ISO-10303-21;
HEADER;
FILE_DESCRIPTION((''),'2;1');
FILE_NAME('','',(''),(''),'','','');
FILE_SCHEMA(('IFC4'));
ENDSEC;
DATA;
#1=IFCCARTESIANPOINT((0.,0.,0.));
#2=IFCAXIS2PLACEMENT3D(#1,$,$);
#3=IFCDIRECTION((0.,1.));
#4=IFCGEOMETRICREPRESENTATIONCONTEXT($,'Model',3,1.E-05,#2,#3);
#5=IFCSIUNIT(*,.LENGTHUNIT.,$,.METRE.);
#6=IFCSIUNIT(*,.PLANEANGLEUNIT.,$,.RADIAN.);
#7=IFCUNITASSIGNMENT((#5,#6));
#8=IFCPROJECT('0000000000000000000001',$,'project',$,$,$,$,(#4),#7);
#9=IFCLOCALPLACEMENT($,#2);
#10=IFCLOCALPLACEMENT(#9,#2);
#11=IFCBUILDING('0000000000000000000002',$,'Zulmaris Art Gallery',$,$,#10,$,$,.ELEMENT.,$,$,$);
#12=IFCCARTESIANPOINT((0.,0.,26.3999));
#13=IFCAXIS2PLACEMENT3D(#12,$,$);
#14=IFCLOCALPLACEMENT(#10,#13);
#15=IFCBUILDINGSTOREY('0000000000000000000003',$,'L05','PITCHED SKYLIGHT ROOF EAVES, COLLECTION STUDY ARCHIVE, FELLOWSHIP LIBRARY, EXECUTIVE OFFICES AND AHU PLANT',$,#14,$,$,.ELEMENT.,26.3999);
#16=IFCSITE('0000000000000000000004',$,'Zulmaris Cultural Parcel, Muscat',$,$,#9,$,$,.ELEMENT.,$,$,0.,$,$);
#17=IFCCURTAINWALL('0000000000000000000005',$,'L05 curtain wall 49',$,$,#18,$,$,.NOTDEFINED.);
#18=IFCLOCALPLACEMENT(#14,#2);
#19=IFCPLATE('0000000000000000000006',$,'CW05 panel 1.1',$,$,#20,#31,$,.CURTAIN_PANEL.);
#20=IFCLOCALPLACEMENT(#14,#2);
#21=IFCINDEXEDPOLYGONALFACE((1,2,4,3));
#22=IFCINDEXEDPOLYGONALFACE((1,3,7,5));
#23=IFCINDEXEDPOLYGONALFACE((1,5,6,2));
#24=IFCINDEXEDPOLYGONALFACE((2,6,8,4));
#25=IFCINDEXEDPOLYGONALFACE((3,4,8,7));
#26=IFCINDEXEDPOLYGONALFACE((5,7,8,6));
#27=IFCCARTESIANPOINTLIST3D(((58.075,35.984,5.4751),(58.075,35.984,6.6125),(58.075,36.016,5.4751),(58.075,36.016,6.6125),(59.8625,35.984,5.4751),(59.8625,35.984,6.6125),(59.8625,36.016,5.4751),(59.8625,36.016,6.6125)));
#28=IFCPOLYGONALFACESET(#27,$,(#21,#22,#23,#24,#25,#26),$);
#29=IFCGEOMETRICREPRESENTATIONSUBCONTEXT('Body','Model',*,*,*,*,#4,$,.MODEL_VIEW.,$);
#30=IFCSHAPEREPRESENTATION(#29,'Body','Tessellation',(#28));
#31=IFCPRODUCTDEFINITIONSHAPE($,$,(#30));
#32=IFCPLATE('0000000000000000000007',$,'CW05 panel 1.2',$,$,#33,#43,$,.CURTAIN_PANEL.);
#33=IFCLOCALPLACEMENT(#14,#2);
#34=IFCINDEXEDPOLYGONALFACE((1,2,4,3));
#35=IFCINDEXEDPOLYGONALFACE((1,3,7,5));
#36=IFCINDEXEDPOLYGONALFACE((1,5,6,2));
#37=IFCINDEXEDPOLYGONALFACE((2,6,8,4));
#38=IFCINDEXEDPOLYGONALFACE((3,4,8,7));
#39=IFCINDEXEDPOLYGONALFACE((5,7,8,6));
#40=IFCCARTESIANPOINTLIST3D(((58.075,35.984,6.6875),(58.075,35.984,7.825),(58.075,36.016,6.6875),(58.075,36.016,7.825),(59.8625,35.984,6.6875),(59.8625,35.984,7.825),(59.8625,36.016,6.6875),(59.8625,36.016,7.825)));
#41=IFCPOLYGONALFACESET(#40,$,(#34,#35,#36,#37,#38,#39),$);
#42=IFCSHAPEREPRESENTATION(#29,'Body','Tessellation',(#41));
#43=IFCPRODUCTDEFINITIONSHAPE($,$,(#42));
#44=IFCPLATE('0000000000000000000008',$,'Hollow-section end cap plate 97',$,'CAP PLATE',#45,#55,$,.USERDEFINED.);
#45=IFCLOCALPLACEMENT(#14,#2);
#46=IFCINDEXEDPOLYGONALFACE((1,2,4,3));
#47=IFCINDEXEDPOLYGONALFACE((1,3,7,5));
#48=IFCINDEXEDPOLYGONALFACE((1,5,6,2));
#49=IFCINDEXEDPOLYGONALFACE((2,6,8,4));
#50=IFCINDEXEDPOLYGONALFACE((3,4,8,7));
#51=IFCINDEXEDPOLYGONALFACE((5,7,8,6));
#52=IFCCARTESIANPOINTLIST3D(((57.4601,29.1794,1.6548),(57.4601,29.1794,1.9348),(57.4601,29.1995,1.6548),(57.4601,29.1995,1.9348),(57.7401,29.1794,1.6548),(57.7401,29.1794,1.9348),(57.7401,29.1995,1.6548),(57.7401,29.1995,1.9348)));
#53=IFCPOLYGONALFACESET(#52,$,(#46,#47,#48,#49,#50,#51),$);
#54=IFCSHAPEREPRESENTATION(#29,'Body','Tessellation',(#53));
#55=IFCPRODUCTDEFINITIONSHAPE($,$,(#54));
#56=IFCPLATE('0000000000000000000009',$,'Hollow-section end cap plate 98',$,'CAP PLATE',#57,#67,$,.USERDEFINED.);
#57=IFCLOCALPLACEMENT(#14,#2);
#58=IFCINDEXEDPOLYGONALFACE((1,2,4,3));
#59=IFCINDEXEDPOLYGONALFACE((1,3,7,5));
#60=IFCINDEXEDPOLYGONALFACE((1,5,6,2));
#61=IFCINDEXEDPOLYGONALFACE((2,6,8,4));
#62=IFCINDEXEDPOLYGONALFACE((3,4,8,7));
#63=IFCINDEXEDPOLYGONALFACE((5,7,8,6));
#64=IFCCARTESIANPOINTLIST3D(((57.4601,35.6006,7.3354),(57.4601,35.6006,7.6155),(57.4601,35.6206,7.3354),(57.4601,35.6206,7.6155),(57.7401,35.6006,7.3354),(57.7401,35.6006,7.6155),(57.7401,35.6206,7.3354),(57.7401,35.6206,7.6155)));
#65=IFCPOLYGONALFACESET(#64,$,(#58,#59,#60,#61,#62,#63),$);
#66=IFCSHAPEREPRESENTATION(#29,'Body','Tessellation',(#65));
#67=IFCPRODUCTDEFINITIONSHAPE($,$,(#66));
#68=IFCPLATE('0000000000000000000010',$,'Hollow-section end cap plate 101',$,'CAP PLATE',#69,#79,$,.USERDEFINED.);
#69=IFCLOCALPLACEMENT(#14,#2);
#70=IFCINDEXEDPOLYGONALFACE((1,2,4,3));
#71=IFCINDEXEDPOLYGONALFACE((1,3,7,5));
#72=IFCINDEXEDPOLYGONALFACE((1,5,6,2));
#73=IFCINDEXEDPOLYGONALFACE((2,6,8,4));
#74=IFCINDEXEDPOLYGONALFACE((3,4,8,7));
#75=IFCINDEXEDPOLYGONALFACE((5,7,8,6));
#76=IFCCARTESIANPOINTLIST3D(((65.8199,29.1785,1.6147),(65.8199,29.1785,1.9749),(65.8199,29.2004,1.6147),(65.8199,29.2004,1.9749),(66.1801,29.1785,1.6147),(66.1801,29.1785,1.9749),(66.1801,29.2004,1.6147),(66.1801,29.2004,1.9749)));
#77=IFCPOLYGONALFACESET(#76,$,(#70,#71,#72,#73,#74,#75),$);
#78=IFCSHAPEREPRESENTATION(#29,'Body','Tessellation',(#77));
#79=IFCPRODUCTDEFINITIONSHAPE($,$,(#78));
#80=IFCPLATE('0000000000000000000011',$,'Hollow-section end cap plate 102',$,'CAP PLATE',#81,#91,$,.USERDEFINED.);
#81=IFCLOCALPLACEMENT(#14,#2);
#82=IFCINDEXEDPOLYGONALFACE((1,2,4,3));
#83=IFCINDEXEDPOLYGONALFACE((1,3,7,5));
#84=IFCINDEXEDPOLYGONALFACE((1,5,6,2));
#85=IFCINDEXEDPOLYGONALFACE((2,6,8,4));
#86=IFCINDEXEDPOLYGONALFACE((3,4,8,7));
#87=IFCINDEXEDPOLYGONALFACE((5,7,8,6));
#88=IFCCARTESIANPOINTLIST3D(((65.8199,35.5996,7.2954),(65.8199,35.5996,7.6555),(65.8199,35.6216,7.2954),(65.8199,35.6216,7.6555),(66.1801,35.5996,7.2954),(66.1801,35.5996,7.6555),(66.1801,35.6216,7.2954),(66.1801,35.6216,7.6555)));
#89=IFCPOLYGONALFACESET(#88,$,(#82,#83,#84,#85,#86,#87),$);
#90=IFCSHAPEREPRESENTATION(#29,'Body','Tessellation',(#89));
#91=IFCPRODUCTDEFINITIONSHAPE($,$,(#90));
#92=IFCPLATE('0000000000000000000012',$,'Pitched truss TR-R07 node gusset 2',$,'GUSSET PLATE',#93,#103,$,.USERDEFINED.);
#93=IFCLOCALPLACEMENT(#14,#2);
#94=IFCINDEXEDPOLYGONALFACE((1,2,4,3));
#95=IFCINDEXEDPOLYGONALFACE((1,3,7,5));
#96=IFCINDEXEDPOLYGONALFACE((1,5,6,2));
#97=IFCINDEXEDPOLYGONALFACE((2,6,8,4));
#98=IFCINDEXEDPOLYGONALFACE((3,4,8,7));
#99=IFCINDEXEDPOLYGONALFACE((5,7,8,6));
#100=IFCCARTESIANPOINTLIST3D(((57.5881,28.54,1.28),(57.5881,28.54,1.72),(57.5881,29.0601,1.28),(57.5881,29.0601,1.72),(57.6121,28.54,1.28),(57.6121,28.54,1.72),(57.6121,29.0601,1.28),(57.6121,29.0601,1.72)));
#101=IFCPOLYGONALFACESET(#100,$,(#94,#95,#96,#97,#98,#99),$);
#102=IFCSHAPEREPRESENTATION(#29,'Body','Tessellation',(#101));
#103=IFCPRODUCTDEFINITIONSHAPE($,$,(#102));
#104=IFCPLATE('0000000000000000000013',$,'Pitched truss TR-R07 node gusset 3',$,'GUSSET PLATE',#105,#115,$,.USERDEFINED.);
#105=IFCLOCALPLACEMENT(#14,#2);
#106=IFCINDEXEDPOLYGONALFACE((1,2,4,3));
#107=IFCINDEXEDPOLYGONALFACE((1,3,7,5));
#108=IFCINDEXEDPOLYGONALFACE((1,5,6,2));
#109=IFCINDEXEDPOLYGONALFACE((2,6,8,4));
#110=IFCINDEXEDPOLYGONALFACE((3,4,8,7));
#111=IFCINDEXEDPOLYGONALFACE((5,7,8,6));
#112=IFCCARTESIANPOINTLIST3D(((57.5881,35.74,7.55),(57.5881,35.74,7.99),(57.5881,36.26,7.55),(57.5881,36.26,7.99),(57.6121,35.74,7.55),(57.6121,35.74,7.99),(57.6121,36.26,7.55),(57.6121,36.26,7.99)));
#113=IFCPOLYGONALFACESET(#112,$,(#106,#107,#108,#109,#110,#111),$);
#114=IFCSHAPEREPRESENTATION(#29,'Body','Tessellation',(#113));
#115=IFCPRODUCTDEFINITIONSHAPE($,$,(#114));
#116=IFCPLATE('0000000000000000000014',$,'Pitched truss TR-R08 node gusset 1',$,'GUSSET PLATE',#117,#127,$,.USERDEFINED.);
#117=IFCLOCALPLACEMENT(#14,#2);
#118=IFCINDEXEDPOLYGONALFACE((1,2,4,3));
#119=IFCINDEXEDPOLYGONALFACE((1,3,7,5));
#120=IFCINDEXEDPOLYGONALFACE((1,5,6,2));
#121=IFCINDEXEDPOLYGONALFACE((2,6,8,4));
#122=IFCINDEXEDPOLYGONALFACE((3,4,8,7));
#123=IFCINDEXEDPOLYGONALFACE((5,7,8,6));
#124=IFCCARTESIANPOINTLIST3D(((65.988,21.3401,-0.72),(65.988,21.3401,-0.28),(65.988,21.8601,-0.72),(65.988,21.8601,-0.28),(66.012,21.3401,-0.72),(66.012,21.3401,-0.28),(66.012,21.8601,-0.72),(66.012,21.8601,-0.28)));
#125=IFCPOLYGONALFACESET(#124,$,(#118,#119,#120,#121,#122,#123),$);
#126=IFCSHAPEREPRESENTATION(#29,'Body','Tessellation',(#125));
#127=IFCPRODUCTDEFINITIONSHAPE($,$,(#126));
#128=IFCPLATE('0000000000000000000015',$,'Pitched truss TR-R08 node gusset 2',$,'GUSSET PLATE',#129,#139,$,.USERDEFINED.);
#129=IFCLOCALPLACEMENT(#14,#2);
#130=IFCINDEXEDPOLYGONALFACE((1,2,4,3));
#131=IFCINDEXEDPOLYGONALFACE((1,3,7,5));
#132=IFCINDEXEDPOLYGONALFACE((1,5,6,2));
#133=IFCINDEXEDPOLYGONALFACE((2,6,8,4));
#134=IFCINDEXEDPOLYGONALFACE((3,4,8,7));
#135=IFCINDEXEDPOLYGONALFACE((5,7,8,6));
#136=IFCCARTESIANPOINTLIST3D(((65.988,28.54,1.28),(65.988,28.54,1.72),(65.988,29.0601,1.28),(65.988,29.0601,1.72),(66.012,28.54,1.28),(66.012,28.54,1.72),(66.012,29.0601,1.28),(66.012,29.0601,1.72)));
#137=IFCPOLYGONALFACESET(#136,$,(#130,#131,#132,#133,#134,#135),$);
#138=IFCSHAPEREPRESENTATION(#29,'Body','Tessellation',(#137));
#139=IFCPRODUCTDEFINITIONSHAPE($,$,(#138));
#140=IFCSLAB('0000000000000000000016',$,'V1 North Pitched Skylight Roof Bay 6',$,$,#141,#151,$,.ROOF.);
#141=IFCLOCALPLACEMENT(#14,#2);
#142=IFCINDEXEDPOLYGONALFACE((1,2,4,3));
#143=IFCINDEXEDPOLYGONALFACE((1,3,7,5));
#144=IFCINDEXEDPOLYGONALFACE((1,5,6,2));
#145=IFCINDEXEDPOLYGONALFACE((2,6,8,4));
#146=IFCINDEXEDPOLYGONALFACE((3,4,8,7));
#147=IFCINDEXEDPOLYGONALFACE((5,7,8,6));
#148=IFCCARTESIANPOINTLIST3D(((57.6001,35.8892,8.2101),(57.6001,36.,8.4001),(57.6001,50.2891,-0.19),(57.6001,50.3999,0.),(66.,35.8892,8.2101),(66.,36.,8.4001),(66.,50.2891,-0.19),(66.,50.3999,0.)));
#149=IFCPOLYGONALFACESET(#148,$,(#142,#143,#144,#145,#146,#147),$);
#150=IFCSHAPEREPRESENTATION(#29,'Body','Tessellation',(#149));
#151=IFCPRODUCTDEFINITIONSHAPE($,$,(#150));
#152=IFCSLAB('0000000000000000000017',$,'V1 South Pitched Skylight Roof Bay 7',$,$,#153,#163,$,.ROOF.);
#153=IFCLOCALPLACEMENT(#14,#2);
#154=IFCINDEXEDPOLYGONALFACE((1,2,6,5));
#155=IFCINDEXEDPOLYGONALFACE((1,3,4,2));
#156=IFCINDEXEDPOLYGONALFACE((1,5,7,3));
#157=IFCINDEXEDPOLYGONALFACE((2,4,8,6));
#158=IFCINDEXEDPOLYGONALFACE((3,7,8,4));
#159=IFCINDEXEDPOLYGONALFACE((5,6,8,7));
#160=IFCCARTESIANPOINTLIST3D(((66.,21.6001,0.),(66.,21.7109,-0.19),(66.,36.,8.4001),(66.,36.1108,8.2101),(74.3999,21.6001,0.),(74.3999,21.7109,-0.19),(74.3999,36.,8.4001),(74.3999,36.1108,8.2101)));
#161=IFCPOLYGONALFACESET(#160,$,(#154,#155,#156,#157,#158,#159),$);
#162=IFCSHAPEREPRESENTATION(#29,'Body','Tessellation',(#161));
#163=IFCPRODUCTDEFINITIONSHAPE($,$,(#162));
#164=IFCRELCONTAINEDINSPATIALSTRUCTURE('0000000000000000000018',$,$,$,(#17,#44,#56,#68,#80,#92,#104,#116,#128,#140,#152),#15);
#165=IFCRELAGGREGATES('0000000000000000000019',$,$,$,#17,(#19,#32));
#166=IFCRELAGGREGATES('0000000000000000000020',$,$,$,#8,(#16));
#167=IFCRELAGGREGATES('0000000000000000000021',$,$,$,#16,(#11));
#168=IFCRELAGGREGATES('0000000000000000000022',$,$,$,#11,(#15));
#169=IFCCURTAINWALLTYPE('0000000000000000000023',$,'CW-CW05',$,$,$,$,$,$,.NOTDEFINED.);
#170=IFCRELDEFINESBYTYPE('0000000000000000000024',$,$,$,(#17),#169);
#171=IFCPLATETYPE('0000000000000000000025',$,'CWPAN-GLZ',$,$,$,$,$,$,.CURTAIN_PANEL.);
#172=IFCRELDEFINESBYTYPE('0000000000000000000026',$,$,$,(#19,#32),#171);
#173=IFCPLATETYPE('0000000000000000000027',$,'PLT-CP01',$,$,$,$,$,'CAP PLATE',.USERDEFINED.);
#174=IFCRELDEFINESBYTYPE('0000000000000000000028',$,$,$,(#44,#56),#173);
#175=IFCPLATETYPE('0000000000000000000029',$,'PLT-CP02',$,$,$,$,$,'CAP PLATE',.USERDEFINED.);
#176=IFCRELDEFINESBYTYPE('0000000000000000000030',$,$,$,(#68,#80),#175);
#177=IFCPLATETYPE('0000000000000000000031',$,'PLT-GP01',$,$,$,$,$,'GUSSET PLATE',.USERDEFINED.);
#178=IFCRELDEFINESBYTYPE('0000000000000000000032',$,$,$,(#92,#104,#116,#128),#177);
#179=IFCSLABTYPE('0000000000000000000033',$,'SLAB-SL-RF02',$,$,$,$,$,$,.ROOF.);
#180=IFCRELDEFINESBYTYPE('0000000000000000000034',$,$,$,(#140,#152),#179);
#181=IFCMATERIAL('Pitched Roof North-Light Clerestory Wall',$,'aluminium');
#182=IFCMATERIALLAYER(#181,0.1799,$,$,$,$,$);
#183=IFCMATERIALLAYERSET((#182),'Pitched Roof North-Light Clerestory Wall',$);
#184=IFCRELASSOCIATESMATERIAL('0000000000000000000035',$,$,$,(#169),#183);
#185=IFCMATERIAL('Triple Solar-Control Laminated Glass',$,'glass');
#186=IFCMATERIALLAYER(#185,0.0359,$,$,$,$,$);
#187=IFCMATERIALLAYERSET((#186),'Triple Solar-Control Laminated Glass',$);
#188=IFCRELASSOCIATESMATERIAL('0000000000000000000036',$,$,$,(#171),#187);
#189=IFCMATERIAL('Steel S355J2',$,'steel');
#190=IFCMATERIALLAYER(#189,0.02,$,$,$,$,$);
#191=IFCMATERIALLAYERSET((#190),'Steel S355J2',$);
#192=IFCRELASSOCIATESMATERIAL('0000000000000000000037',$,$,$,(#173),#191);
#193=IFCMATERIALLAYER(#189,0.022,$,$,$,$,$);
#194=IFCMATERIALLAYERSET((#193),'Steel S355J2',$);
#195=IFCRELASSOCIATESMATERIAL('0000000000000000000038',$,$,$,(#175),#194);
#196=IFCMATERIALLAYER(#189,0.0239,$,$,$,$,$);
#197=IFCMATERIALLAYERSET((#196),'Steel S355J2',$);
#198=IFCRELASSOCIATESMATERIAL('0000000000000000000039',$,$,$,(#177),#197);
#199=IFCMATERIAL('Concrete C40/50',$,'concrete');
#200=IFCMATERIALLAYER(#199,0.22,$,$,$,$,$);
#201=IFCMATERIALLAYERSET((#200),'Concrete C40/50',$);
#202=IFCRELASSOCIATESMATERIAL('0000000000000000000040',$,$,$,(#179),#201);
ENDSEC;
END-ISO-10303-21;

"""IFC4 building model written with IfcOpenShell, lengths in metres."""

from ifc_helpers import new_model, si_unit, direction, frame, origin, origin_2d, place, context, subcontext, project, spatial, polyline, rectangle, outline, extrude, material, layer, layer_set, type_object, element, aggregate, save


model = new_model("IFC4")

# Units and contexts
model_context = context("Model", 3, precision=1e-05, world=origin(), true_north=direction((0.0, 1.0)))
body_context = subcontext(model_context, "Body", "Model", "MODEL_VIEW")
ifc_project = project(units=[si_unit("LENGTHUNIT", "METRE"), si_unit("PLANEANGLEUNIT", "RADIAN")], contexts=[model_context])

# Site, building, storey
site_placement = place(None, origin())
site = spatial("IfcSite", under=ifc_project, at=site_placement, Name="Zulmaris Cultural Parcel, Muscat", CompositionType="ELEMENT", RefElevation=0.0)
building_placement = place(site_placement, origin())
building = spatial("IfcBuilding", under=site, at=building_placement, Name="Zulmaris Art Gallery", CompositionType="ELEMENT")
storey_placement = place(building_placement, frame((0.0, 0.0, 26.3999)))
storey = spatial("IfcBuildingStorey", under=building, at=storey_placement, Name="L05", Description="PITCHED SKYLIGHT ROOF EAVES, COLLECTION STUDY ARCHIVE, FELLOWSHIP LIBRARY, EXECUTIVE OFFICES AND AHU PLANT", CompositionType="ELEMENT", Elevation=26.3999)

# Curtain wall
ifc_material_1 = material(Name="Pitched Roof North-Light Clerestory Wall", Category="aluminium")
ifc_layer_1 = layer(ifc_material_1, 0.1799)
ifc_layer_set_1 = layer_set([ifc_layer_1], Name="Pitched Roof North-Light Clerestory Wall")
curtain_wall_type = type_object("IfcCurtainWallType", Name="CW-CW05", PredefinedType="NOTDEFINED", material=ifc_layer_set_1)
curtain_wall_placement = place(storey_placement, origin())
curtain_wall = element("IfcCurtainWall", 1, at=curtain_wall_placement, inside=storey, type_object=curtain_wall_type, Name="L05 curtain wall 49", PredefinedType="NOTDEFINED")

# Shared definitions
ifc_material_2 = material(Name="Steel S355J2", Category="steel")

# Plates
ifc_material_3 = material(Name="Triple Solar-Control Laminated Glass", Category="glass")
ifc_layer_2 = layer(ifc_material_3, 0.0359)
ifc_layer_set_2 = layer_set([ifc_layer_2], Name="Triple Solar-Control Laminated Glass")
plate_type_1 = type_object("IfcPlateType", Name="CWPAN-GLZ", PredefinedType="CURTAIN_PANEL", material=ifc_layer_set_2)
plate_1_placement = place(storey_placement, frame((58.9688, 36.0, 5.4751), z_axis=(0.0, 0.0, 1.0), x_axis=(1.0, 0.0, 0.0)))
plate_1 = element("IfcPlate", 2, at=plate_1_placement, type_object=plate_type_1, Name="CW05 panel 1.1", PredefinedType="CURTAIN_PANEL", context=body_context, shape_type="SweptSolid", body=[
    extrude(rectangle(XDim=1.7876, YDim=0.032, at=origin_2d()), origin(), (0.0, 0.0, 1.0), 1.1375),
])
plate_2_placement = place(storey_placement, frame((58.9688, 36.0, 6.6875), z_axis=(0.0, 0.0, 1.0), x_axis=(1.0, 0.0, 0.0)))
plate_2 = element("IfcPlate", 3, at=plate_2_placement, type_object=plate_type_1, Name="CW05 panel 1.2", PredefinedType="CURTAIN_PANEL", context=body_context, shape_type="SweptSolid", body=[
    extrude(rectangle(XDim=1.7876, YDim=0.032, at=origin_2d()), origin(), (0.0, 0.0, 1.0), 1.1375),
])
aggregate(curtain_wall, [plate_1, plate_2])

# Plates
ifc_layer_3 = layer(ifc_material_2, 0.02)
ifc_layer_set_3 = layer_set([ifc_layer_3], Name="Steel S355J2")
plate_type_2 = type_object("IfcPlateType", Name="PLT-CP01", ElementType="CAP PLATE", PredefinedType="USERDEFINED", material=ifc_layer_set_3)
for number, where, z_axis, x_axis, name in (
    (4, (57.6001, 29.1895, 1.6548), (0.0, 0.0, 1.0), (1.0, 0.0, 0.0), "Hollow-section end cap plate 97"),
    (5, (57.6001, 35.6106, 7.3354), (0.0, 0.0, 1.0), (1.0, 0.0, 0.0), "Hollow-section end cap plate 98"),
):
    element("IfcPlate", number, at=place(storey_placement, frame(where, z_axis=z_axis, x_axis=x_axis)), inside=storey, type_object=plate_type_2, Name=name, ObjectType="CAP PLATE", PredefinedType="USERDEFINED", context=body_context, shape_type="SweptSolid", body=[
        extrude(rectangle(XDim=0.28, YDim=0.02, at=origin_2d()), origin(), (0.0, 0.0, 1.0), 0.28),
    ])
ifc_layer_4 = layer(ifc_material_2, 0.022)
ifc_layer_set_4 = layer_set([ifc_layer_4], Name="Steel S355J2")
plate_type_3 = type_object("IfcPlateType", Name="PLT-CP02", ElementType="CAP PLATE", PredefinedType="USERDEFINED", material=ifc_layer_set_4)
for number, where, z_axis, x_axis, name in (
    (6, (66.0, 29.1895, 1.6147), (0.0, 0.0, 1.0), (1.0, 0.0, 0.0), "Hollow-section end cap plate 101"),
    (7, (66.0, 35.6106, 7.2954), (0.0, 0.0, 1.0), (1.0, 0.0, 0.0), "Hollow-section end cap plate 102"),
):
    element("IfcPlate", number, at=place(storey_placement, frame(where, z_axis=z_axis, x_axis=x_axis)), inside=storey, type_object=plate_type_3, Name=name, ObjectType="CAP PLATE", PredefinedType="USERDEFINED", context=body_context, shape_type="SweptSolid", body=[
        extrude(rectangle(XDim=0.3601, YDim=0.022, at=origin_2d()), origin(), (0.0, 0.0, 1.0), 0.3601),
    ])
ifc_layer_5 = layer(ifc_material_2, 0.0239)
ifc_layer_set_5 = layer_set([ifc_layer_5], Name="Steel S355J2")
plate_type_4 = type_object("IfcPlateType", Name="PLT-GP01", ElementType="GUSSET PLATE", PredefinedType="USERDEFINED", material=ifc_layer_set_5)
for number, where, z_axis, x_axis, name in (
    (8, (57.6001, 28.8, 1.28), (0.0, 0.0, 1.0), (1.0, 0.0, 0.0), "Pitched truss TR-R07 node gusset 2"),
    (9, (57.6001, 36.0, 7.55), (0.0, 0.0, 1.0), (1.0, 0.0, 0.0), "Pitched truss TR-R07 node gusset 3"),
    (10, (66.0, 21.6001, -0.72), (0.0, 0.0, 1.0), (1.0, 0.0, 0.0), "Pitched truss TR-R08 node gusset 1"),
    (11, (66.0, 28.8, 1.28), (0.0, 0.0, 1.0), (1.0, 0.0, 0.0), "Pitched truss TR-R08 node gusset 2"),
):
    element("IfcPlate", number, at=place(storey_placement, frame(where, z_axis=z_axis, x_axis=x_axis)), inside=storey, type_object=plate_type_4, Name=name, ObjectType="GUSSET PLATE", PredefinedType="USERDEFINED", context=body_context, shape_type="SweptSolid", body=[
        extrude(rectangle(XDim=0.0239, YDim=0.52, at=origin_2d()), origin(), (0.0, 0.0, 1.0), 0.4399),
    ])

# Slabs
ifc_material_4 = material(Name="Concrete C40/50", Category="concrete")
ifc_layer_6 = layer(ifc_material_4, 0.22)
ifc_layer_set_6 = layer_set([ifc_layer_6], Name="Concrete C40/50")
slab_type = type_object("IfcSlabType", Name="SLAB-SL-RF02", PredefinedType="ROOF", material=ifc_layer_set_6)
for number, where, z_axis, x_axis, name in (
    (12, (57.6001, 36.0, 8.4001), (0.0, 0.50388, 0.863774), (1.0, 0.0, 0.0), "V1 North Pitched Skylight Roof Bay 6"),
    (13, (66.0, 21.6001, 0.0), (0.0, -0.50388, 0.863774), (1.0, 0.0, 0.0), "V1 South Pitched Skylight Roof Bay 7"),
):
    element("IfcSlab", number, at=place(storey_placement, frame(where, z_axis=z_axis, x_axis=x_axis)), inside=storey, type_object=slab_type, Name=name, PredefinedType="ROOF", context=body_context, shape_type="SweptSolid", body=[
        extrude(outline(polyline([(0.0, 0.0), (8.3999, 0.0), (8.3999, 16.6709), (0.0, 16.6709), (0.0, 0.0)])), origin(), (0.0, 0.0, -1.0), 0.22),
    ])

save(model, "model.ifc")
